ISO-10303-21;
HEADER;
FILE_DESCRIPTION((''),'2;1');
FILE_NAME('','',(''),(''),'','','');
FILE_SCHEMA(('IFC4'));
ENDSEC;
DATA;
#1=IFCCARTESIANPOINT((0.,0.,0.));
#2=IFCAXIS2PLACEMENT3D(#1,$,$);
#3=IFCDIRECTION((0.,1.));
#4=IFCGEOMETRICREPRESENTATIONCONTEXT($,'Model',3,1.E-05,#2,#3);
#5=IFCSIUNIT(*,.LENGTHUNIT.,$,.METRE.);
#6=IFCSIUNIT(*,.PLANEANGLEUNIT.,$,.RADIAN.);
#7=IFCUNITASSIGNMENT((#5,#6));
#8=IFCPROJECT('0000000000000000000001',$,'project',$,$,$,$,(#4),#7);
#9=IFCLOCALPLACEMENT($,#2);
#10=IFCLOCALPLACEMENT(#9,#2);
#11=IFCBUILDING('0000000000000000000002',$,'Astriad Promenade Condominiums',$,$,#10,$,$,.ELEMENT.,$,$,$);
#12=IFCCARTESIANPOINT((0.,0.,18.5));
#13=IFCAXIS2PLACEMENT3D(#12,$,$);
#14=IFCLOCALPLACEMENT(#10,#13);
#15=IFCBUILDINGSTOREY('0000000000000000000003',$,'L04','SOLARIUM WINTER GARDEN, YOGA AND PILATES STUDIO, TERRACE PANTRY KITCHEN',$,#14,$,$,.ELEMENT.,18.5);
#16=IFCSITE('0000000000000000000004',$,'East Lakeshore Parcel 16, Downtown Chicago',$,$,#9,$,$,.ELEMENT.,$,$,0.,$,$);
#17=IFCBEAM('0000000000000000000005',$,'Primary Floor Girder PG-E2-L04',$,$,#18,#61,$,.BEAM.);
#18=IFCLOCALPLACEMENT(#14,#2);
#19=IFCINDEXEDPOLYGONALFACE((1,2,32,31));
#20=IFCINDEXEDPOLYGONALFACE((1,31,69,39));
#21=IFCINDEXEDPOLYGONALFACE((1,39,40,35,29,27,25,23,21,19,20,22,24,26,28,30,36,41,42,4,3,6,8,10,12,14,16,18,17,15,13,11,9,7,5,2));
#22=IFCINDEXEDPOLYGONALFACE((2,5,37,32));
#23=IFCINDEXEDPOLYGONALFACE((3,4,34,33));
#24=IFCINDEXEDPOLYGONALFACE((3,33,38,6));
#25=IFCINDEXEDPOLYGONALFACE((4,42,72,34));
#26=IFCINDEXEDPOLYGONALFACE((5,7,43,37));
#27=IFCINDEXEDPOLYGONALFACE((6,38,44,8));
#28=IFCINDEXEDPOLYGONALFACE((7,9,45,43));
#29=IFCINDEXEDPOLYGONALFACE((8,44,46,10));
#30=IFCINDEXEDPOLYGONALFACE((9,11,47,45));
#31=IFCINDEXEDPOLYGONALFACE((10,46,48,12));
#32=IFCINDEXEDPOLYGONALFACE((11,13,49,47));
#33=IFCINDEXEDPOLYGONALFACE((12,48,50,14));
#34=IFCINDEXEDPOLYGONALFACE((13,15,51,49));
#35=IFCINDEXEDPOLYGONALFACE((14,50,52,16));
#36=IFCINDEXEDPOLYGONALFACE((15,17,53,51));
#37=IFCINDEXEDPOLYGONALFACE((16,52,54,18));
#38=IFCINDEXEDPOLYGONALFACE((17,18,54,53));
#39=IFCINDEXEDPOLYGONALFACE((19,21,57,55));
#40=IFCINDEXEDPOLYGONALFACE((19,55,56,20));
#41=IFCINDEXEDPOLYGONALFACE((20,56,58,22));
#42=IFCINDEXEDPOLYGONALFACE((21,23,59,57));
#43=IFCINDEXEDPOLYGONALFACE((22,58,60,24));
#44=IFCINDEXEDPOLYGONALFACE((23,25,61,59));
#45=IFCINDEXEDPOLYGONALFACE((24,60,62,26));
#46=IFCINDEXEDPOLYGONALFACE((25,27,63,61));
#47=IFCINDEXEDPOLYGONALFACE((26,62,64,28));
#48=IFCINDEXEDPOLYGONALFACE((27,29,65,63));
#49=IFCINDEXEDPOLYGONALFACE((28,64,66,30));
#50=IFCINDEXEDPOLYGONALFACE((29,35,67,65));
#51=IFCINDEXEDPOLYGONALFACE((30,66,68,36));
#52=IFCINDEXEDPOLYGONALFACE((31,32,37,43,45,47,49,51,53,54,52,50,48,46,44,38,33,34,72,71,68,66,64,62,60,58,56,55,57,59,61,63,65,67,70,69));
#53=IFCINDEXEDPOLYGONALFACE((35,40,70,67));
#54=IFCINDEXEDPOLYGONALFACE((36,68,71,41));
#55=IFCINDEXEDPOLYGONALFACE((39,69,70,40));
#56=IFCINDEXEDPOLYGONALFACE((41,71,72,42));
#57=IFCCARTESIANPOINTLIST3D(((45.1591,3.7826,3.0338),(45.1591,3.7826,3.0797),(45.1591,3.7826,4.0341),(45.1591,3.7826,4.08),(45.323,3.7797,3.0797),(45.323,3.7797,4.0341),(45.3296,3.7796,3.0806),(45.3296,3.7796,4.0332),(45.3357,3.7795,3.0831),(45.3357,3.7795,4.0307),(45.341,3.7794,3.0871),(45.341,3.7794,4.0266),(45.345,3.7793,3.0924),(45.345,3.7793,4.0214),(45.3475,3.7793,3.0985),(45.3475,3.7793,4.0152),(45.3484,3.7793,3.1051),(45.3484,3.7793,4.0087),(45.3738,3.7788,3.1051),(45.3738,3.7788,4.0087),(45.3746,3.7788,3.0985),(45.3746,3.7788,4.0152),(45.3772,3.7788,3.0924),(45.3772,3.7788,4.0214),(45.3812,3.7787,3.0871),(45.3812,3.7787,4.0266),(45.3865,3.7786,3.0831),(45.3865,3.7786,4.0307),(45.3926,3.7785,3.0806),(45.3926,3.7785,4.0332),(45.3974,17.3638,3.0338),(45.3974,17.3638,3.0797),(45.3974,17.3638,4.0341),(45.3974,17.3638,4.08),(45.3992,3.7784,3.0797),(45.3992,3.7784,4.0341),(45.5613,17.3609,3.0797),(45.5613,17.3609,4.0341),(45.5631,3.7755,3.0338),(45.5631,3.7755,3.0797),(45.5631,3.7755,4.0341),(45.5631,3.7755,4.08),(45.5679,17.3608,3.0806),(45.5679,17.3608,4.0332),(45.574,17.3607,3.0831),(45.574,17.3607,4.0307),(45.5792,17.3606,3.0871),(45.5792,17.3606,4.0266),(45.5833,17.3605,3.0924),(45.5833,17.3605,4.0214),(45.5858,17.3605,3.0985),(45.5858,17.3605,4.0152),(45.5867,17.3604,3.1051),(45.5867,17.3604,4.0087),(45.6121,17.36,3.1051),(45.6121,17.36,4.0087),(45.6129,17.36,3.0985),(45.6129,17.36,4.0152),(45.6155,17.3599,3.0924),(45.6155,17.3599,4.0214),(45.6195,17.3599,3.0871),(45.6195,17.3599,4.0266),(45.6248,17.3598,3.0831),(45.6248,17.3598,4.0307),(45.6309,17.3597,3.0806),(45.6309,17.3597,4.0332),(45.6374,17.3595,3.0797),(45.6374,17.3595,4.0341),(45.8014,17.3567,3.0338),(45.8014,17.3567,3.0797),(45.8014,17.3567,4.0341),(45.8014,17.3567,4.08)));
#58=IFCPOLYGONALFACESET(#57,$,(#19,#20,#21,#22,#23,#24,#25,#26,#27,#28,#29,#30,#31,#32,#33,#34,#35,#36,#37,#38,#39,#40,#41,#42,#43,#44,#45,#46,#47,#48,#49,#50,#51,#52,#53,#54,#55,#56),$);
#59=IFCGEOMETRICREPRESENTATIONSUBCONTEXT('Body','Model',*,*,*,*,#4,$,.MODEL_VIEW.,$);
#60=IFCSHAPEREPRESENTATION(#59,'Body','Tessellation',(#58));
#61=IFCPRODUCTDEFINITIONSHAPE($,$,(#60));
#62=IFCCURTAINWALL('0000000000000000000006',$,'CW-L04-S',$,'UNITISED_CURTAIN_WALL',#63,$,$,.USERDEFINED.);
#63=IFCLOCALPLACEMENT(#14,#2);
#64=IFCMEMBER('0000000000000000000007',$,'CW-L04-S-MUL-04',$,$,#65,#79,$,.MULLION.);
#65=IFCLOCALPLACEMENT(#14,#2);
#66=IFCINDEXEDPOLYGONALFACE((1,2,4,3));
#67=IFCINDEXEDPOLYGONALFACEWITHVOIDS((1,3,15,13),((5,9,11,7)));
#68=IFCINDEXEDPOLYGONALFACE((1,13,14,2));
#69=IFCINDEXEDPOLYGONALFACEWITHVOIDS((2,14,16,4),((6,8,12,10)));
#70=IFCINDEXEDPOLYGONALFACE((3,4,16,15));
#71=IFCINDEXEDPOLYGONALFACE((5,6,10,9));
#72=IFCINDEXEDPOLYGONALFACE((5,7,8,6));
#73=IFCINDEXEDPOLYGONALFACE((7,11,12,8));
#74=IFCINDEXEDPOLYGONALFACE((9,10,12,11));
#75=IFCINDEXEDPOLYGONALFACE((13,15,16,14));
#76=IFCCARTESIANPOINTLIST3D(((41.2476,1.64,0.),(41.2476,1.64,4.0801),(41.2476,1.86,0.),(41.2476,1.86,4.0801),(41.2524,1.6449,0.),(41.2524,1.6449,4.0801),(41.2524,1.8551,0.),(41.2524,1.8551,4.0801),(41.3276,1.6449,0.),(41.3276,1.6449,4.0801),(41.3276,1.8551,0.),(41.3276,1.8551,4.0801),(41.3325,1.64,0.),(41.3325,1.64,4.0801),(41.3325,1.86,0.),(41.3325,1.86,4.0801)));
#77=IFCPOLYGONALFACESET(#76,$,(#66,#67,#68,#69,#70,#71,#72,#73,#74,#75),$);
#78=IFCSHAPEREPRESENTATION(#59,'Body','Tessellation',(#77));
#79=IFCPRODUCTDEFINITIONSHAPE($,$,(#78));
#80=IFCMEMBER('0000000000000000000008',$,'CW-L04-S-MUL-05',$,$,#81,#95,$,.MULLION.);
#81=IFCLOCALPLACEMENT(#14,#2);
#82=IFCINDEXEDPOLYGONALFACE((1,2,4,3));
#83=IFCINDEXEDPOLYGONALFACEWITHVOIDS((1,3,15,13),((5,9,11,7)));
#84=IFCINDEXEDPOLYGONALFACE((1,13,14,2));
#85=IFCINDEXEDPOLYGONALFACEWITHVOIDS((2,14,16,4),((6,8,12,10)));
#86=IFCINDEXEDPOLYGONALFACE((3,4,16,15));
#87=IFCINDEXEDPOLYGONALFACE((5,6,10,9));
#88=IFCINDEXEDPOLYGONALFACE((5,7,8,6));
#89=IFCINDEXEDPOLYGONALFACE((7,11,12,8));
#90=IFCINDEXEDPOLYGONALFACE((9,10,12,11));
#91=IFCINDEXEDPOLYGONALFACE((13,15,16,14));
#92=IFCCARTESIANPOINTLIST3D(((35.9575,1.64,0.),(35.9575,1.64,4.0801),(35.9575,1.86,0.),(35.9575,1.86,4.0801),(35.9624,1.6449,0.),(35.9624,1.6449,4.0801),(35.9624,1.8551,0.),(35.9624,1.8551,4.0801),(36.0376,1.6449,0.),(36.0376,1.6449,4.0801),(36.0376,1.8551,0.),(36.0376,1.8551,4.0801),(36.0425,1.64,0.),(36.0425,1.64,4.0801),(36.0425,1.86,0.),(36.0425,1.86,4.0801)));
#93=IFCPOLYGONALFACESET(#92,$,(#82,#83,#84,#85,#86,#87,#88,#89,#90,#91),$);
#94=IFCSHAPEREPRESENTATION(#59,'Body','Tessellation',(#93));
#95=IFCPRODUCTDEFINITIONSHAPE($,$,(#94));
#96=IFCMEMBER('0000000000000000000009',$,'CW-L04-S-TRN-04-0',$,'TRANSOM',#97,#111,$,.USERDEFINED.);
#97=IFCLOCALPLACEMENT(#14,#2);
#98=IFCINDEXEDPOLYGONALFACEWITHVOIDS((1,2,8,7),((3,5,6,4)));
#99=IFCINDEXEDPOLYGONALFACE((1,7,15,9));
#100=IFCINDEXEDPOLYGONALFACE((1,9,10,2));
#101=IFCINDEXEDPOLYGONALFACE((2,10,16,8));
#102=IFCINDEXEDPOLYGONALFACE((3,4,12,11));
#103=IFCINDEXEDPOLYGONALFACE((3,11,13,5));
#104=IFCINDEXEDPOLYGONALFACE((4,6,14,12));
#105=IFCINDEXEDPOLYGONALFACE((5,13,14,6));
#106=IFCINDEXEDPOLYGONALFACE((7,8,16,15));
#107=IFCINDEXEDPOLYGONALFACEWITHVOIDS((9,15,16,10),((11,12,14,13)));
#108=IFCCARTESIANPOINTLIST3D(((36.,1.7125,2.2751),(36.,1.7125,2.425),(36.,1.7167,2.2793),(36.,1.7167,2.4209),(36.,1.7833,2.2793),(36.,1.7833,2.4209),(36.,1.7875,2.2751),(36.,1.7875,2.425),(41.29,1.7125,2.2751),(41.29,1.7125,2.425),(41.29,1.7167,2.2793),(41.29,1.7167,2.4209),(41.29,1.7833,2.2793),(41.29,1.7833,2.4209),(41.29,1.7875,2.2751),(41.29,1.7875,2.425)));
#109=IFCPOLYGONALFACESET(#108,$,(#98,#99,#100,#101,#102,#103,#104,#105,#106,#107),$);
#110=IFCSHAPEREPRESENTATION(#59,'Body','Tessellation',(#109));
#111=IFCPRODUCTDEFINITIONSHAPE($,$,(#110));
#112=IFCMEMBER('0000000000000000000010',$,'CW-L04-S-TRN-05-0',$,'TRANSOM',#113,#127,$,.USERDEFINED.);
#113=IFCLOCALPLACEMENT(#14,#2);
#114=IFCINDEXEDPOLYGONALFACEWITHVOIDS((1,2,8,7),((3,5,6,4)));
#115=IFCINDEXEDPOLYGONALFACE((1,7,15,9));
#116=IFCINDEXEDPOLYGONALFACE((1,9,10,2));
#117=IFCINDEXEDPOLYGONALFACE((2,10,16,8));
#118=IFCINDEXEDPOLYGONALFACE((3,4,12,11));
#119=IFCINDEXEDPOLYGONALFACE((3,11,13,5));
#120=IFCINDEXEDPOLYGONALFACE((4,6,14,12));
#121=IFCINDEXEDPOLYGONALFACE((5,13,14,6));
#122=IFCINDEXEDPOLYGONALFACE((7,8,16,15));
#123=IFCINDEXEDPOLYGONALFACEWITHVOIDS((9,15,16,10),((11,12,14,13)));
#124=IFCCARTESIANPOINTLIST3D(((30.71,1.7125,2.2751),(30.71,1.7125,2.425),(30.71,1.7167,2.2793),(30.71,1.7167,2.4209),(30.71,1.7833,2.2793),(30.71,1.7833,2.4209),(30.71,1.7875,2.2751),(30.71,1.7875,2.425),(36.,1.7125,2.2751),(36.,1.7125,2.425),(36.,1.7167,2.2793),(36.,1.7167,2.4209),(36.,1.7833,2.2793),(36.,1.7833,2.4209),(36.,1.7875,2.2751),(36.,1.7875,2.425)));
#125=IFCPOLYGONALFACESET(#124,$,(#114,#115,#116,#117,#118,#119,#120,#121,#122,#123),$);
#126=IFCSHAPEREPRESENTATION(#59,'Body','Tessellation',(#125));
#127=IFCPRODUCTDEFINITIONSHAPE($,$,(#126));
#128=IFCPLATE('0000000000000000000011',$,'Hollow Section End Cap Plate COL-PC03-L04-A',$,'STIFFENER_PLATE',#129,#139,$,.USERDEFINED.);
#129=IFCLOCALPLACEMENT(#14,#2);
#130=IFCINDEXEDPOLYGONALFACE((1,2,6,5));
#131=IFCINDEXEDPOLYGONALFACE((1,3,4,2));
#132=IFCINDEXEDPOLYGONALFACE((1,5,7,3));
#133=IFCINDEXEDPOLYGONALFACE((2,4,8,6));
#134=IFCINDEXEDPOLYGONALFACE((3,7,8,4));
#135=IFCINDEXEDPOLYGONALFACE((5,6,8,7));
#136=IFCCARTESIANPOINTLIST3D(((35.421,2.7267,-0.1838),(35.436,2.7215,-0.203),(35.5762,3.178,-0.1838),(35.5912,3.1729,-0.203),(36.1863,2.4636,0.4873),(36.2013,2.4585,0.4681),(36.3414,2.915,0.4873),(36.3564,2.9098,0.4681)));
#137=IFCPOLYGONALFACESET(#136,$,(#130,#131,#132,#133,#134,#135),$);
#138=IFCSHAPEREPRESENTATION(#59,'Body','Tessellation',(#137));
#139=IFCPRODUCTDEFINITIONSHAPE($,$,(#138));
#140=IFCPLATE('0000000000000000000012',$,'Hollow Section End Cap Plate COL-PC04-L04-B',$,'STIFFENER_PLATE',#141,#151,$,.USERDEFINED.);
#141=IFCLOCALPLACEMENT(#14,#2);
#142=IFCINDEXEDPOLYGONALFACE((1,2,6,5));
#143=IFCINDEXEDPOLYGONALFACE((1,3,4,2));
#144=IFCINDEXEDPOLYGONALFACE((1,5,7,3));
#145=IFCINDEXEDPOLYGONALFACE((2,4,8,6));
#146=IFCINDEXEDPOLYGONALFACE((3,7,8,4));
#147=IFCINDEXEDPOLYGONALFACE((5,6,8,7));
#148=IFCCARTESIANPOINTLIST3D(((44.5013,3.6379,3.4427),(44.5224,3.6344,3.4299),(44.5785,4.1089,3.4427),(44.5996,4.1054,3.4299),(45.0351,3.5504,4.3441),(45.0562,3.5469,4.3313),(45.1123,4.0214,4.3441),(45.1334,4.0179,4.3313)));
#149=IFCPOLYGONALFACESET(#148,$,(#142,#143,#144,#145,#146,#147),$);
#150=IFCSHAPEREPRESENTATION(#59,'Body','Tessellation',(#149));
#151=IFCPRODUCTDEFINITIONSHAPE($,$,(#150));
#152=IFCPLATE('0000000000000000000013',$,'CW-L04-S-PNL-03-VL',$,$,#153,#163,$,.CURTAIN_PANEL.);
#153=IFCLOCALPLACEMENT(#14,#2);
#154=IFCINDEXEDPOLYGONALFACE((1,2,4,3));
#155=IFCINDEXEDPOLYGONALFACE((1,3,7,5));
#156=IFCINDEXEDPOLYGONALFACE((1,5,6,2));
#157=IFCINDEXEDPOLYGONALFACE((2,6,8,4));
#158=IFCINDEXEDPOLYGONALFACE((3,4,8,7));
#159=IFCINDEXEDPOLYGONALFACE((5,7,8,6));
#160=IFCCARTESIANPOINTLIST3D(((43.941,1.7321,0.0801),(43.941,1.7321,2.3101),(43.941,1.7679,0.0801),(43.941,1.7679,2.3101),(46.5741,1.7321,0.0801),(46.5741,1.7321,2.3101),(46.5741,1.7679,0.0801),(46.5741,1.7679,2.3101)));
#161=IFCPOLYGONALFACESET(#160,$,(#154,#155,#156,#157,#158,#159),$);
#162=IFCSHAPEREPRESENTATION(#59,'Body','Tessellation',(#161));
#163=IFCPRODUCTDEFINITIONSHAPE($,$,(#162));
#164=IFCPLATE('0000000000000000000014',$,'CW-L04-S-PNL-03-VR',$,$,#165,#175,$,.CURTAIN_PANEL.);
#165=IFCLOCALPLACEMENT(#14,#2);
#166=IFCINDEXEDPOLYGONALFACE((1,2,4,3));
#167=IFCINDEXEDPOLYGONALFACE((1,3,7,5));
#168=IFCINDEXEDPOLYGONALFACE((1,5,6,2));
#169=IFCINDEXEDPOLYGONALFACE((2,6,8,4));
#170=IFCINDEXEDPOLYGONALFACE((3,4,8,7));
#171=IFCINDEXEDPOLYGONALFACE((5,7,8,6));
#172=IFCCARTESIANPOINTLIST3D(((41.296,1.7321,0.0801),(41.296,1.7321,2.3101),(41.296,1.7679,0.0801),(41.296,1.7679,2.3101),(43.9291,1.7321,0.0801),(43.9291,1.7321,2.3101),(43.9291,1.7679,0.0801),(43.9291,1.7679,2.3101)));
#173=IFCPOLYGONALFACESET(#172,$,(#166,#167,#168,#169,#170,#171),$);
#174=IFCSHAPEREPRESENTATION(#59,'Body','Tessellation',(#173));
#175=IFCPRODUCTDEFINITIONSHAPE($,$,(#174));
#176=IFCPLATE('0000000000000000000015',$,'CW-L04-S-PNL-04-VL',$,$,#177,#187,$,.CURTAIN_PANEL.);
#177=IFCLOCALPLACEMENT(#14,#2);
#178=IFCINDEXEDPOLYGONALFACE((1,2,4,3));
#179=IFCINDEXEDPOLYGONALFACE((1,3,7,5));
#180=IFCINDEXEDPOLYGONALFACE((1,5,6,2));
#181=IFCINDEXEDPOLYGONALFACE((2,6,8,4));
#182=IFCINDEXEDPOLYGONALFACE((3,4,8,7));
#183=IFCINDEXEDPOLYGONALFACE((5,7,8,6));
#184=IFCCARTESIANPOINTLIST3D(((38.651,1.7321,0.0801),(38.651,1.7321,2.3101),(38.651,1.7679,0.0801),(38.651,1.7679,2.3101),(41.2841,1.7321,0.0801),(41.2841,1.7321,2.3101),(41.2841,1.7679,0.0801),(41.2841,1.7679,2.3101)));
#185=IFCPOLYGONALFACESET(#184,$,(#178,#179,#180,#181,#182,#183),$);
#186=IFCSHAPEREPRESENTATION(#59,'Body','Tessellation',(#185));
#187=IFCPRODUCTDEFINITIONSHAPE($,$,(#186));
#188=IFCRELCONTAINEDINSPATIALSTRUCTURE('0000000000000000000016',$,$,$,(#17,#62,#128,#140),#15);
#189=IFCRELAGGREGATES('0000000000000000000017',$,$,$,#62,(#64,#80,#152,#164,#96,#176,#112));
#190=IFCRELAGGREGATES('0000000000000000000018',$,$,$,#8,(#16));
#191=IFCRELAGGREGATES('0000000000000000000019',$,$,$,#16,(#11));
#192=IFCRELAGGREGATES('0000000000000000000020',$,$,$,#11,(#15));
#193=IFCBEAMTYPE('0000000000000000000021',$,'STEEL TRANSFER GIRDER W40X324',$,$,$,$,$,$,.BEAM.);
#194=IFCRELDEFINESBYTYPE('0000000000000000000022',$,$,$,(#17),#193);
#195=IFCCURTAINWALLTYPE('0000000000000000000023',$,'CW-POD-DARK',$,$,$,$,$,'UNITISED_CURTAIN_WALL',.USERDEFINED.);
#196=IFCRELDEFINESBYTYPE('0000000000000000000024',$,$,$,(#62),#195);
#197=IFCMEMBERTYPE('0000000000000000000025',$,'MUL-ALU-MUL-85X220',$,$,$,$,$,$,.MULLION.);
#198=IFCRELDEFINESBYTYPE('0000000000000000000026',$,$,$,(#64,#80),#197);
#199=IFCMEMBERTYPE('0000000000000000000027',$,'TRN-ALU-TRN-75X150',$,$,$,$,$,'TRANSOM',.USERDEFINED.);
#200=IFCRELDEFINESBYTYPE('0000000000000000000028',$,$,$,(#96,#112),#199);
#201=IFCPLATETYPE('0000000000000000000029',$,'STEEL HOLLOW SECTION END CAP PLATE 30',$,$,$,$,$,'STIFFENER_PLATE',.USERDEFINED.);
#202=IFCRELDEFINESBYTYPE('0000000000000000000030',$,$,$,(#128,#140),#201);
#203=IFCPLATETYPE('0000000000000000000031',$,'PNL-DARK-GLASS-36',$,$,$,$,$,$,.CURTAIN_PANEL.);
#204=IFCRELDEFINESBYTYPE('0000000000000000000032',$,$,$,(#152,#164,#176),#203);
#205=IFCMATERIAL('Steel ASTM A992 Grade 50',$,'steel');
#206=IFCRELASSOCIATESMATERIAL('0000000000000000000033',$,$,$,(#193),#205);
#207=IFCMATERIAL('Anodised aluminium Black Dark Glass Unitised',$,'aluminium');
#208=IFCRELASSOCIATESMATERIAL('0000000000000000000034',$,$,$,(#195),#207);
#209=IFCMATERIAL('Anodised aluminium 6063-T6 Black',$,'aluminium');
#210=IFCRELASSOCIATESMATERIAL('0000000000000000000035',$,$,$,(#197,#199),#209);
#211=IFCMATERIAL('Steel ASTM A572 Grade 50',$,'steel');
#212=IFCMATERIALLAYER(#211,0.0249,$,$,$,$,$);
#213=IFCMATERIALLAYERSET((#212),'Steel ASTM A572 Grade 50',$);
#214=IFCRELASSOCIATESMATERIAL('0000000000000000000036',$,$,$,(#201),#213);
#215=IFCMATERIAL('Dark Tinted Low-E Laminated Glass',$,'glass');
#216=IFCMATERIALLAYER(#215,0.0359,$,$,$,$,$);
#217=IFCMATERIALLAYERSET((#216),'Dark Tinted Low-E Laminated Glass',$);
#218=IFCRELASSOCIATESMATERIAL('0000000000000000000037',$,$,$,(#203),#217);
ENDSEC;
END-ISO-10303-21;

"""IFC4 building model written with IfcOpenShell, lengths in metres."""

from ifc_helpers import new_model, si_unit, direction, frame, origin, origin_2d, place, context, subcontext, project, spatial, rectangle, hollow_rectangle, i_section, extrude, source, transform, mapped, material, layer, layer_set, material_profile, profile_set, type_object, type_shapes, element, aggregate, save


model = new_model("IFC4")

# Units and contexts
model_context = context("Model", 3, precision=1e-05, world=origin(), true_north=direction((0.0, 1.0)))
body_context = subcontext(model_context, "Body", "Model", "MODEL_VIEW")
ifc_project = project(units=[si_unit("LENGTHUNIT", "METRE"), si_unit("PLANEANGLEUNIT", "RADIAN")], contexts=[model_context])

# Site, building, storey
site_placement = place(None, origin())
site = spatial("IfcSite", under=ifc_project, at=site_placement, Name="East Lakeshore Parcel 16, Downtown Chicago", CompositionType="ELEMENT", RefElevation=0.0)
building_placement = place(site_placement, origin())
building = spatial("IfcBuilding", under=site, at=building_placement, Name="Astriad Promenade Condominiums", CompositionType="ELEMENT")
storey_placement = place(building_placement, frame((0.0, 0.0, 18.5)))
storey = spatial("IfcBuildingStorey", under=building, at=storey_placement, Name="L04", Description="SOLARIUM WINTER GARDEN, YOGA AND PILATES STUDIO, TERRACE PANTRY KITCHEN", CompositionType="ELEMENT", Elevation=18.5)

# Shared definitions
ifc_material_1 = material(Name="Steel ASTM A992 Grade 50", Category="steel")

# Beam
ifc_material_profile_1 = material_profile(ifc_material_1, i_section(OverallWidth=0.4041, OverallDepth=1.0461, WebThickness=0.0254, FlangeThickness=0.0459, FilletRadius=0.0254, at=origin_2d()), Name="W40X324")
ifc_profile_set_1 = profile_set([ifc_material_profile_1], Name="Steel ASTM A992 Grade 50")
beam_type_1 = type_object("IfcBeamType", Name="STEEL TRANSFER GIRDER W40X324", PredefinedType="BEAM", material=ifc_profile_set_1)
shared_shape_1 = source(origin(), body_context, "Body", "SweptSolid", [
    extrude(i_section(OverallWidth=0.4041, OverallDepth=1.0461, WebThickness=0.0254, FlangeThickness=0.0459, FilletRadius=0.0254, at=origin_2d()), origin(), (0.0, 0.0, 1.0), 13.5833),
])
type_shapes(beam_type_1, [shared_shape_1])
beam_1_placement = place(storey_placement, frame((45.3611, 3.7791, 3.5569), z_axis=(0.017542, 0.999846, 0.0), x_axis=(-0.999846, 0.017542, 0.0)))
element("IfcBeam", 1, at=beam_1_placement, inside=storey, type_object=beam_type_1, Name="Primary Floor Girder PG-E2-L04", PredefinedType="BEAM", context=body_context, shape_type="MappedRepresentation", body=[
    mapped(shared_shape_1, transform((0.0, 0.0, 0.0), scale=1.0)),
])

# Curtain wall, members
ifc_material_2 = material(Name="Anodised aluminium Black Dark Glass Unitised", Category="aluminium")
curtain_wall_type = type_object("IfcCurtainWallType", Name="CW-POD-DARK", ElementType="UNITISED_CURTAIN_WALL", PredefinedType="USERDEFINED", material=ifc_material_2)
curtain_wall_placement = place(storey_placement, origin())
curtain_wall = element("IfcCurtainWall", 2, at=curtain_wall_placement, inside=storey, type_object=curtain_wall_type, Name="CW-L04-S", ObjectType="UNITISED_CURTAIN_WALL", PredefinedType="USERDEFINED")
ifc_material_3 = material(Name="Anodised aluminium 6063-T6 Black", Category="aluminium")
ifc_material_profile_2 = material_profile(ifc_material_3, hollow_rectangle(XDim=0.085, YDim=0.22, WallThickness=0.0049, at=origin_2d()), Name="ALU-MUL-85X220")
ifc_profile_set_2 = profile_set([ifc_material_profile_2], Name="Anodised aluminium 6063-T6 Black")
member_type_1 = type_object("IfcMemberType", Name="MUL-ALU-MUL-85X220", PredefinedType="MULLION", material=ifc_profile_set_2)
shared_shape_2 = source(origin(), body_context, "Body", "SweptSolid", [
    extrude(hollow_rectangle(XDim=0.085, YDim=0.22, WallThickness=0.0049, at=origin_2d()), origin(), (0.0, 0.0, 1.0), 4.0801),
])
type_shapes(member_type_1, [shared_shape_2])
member_1_placement = place(storey_placement, frame((41.29, 1.75, 0.0), z_axis=(0.0, 0.0, 1.0), x_axis=(1.0, 0.0, 0.0)))
member_1 = element("IfcMember", 3, at=member_1_placement, type_object=member_type_1, Name="CW-L04-S-MUL-04", PredefinedType="MULLION", context=body_context, shape_type="MappedRepresentation", body=[
    mapped(shared_shape_2, transform((0.0, 0.0, 0.0), scale=1.0)),
])
member_2_placement = place(storey_placement, frame((36.0, 1.75, 0.0), z_axis=(0.0, 0.0, 1.0), x_axis=(1.0, 0.0, 0.0)))
member_2 = element("IfcMember", 4, at=member_2_placement, type_object=member_type_1, Name="CW-L04-S-MUL-05", PredefinedType="MULLION", context=body_context, shape_type="MappedRepresentation", body=[
    mapped(shared_shape_2, transform((0.0, 0.0, 0.0), scale=1.0)),
])
ifc_material_profile_3 = material_profile(ifc_material_3, hollow_rectangle(XDim=0.075, YDim=0.1499, WallThickness=0.0042, at=origin_2d()), Name="ALU-TRN-75X150")
ifc_profile_set_3 = profile_set([ifc_material_profile_3], Name="Anodised aluminium 6063-T6 Black")
member_type_2 = type_object("IfcMemberType", Name="TRN-ALU-TRN-75X150", ElementType="TRANSOM", PredefinedType="USERDEFINED", material=ifc_profile_set_3)
shared_shape_3 = source(origin(), body_context, "Body", "SweptSolid", [
    extrude(hollow_rectangle(XDim=0.075, YDim=0.1499, WallThickness=0.0042, at=origin_2d()), origin(), (0.0, 0.0, 1.0), 5.29),
])
type_shapes(member_type_2, [shared_shape_3])
member_3_placement = place(storey_placement, frame((41.29, 1.75, 2.3501), z_axis=(-1.0, 0.0, 0.0), x_axis=(0.0, -1.0, 0.0)))
member_3 = element("IfcMember", 5, at=member_3_placement, type_object=member_type_2, Name="CW-L04-S-TRN-04-0", ObjectType="TRANSOM", PredefinedType="USERDEFINED", context=body_context, shape_type="MappedRepresentation", body=[
    mapped(shared_shape_3, transform((0.0, 0.0, 0.0), scale=1.0)),
])
member_4_placement = place(storey_placement, frame((36.0, 1.75, 2.3501), z_axis=(-1.0, 0.0, 0.0), x_axis=(0.0, -1.0, 0.0)))
member_4 = element("IfcMember", 6, at=member_4_placement, type_object=member_type_2, Name="CW-L04-S-TRN-05-0", ObjectType="TRANSOM", PredefinedType="USERDEFINED", context=body_context, shape_type="MappedRepresentation", body=[
    mapped(shared_shape_3, transform((0.0, 0.0, 0.0), scale=1.0)),
])

# Plates
ifc_material_4 = material(Name="Steel ASTM A572 Grade 50", Category="steel")
ifc_layer_1 = layer(ifc_material_4, 0.0249)
ifc_layer_set_1 = layer_set([ifc_layer_1], Name="Steel ASTM A572 Grade 50")
plate_type_1 = type_object("IfcPlateType", Name="STEEL HOLLOW SECTION END CAP PLATE 30", ElementType="STIFFENER_PLATE", PredefinedType="USERDEFINED", material=ifc_layer_set_1)
shared_shape_4 = source(origin(), body_context, "Body", "SweptSolid", [
    extrude(rectangle(XDim=0.4773, YDim=1.0513, at=origin_2d()), origin(), (0.0, 0.0, 1.0), 0.0249),
])
type_shapes(plate_type_1, [shared_shape_4])
for number, where, z_axis, x_axis, name in (
    (7, (35.8962, 2.8157, 0.1326), (-0.603707, 0.207513, 0.769725), (-0.325064, -0.945692, 0.0), "Hollow Section End Cap Plate COL-PC03-L04-A"),
    (8, (44.8279, 3.8262, 3.8806), (-0.846184, 0.138715, 0.51452), (-0.161771, -0.986828, 0.0), "Hollow Section End Cap Plate COL-PC04-L04-B"),
):
    element("IfcPlate", number, at=place(storey_placement, frame(where, z_axis=z_axis, x_axis=x_axis)), inside=storey, type_object=plate_type_1, Name=name, ObjectType="STIFFENER_PLATE", PredefinedType="USERDEFINED", context=body_context, shape_type="MappedRepresentation", body=[
        mapped(shared_shape_4, transform((0.0, 0.0, 0.0), scale=1.0)),
    ])

# Plates
ifc_material_5 = material(Name="Dark Tinted Low-E Laminated Glass", Category="glass")
ifc_layer_2 = layer(ifc_material_5, 0.0359)
ifc_layer_set_2 = layer_set([ifc_layer_2], Name="Dark Tinted Low-E Laminated Glass")
plate_type_2 = type_object("IfcPlateType", Name="PNL-DARK-GLASS-36", PredefinedType="CURTAIN_PANEL", material=ifc_layer_set_2)
shared_shape_5 = source(origin(), body_context, "Body", "SweptSolid", [
    extrude(rectangle(XDim=2.6331, YDim=0.0359, at=origin_2d()), origin(), (0.0, 0.0, 1.0), 2.23),
])
plate_1_placement = place(storey_placement, frame((45.2576, 1.75, 0.0801), z_axis=(0.0, 0.0, 1.0), x_axis=(-1.0, 0.0, 0.0)))
plate_1 = element("IfcPlate", 9, at=plate_1_placement, type_object=plate_type_2, Name="CW-L04-S-PNL-03-VL", PredefinedType="CURTAIN_PANEL", context=body_context, shape_type="MappedRepresentation", body=[
    mapped(shared_shape_5, transform((0.0, 0.0, 0.0), scale=1.0)),
])
plate_2_placement = place(storey_placement, frame((42.6125, 1.75, 0.0801), z_axis=(0.0, 0.0, 1.0), x_axis=(-1.0, 0.0, 0.0)))
plate_2 = element("IfcPlate", 10, at=plate_2_placement, type_object=plate_type_2, Name="CW-L04-S-PNL-03-VR", PredefinedType="CURTAIN_PANEL", context=body_context, shape_type="MappedRepresentation", body=[
    mapped(shared_shape_5, transform((0.0, 0.0, 0.0), scale=1.0)),
])
plate_3_placement = place(storey_placement, frame((39.9675, 1.75, 0.0801), z_axis=(0.0, 0.0, 1.0), x_axis=(-1.0, 0.0, 0.0)))
plate_3 = element("IfcPlate", 11, at=plate_3_placement, type_object=plate_type_2, Name="CW-L04-S-PNL-04-VL", PredefinedType="CURTAIN_PANEL", context=body_context, shape_type="MappedRepresentation", body=[
    mapped(shared_shape_5, transform((0.0, 0.0, 0.0), scale=1.0)),
])
aggregate(curtain_wall, [member_1, member_2, plate_1, plate_2, member_3, plate_3, member_4])

save(model, "model.ifc")
